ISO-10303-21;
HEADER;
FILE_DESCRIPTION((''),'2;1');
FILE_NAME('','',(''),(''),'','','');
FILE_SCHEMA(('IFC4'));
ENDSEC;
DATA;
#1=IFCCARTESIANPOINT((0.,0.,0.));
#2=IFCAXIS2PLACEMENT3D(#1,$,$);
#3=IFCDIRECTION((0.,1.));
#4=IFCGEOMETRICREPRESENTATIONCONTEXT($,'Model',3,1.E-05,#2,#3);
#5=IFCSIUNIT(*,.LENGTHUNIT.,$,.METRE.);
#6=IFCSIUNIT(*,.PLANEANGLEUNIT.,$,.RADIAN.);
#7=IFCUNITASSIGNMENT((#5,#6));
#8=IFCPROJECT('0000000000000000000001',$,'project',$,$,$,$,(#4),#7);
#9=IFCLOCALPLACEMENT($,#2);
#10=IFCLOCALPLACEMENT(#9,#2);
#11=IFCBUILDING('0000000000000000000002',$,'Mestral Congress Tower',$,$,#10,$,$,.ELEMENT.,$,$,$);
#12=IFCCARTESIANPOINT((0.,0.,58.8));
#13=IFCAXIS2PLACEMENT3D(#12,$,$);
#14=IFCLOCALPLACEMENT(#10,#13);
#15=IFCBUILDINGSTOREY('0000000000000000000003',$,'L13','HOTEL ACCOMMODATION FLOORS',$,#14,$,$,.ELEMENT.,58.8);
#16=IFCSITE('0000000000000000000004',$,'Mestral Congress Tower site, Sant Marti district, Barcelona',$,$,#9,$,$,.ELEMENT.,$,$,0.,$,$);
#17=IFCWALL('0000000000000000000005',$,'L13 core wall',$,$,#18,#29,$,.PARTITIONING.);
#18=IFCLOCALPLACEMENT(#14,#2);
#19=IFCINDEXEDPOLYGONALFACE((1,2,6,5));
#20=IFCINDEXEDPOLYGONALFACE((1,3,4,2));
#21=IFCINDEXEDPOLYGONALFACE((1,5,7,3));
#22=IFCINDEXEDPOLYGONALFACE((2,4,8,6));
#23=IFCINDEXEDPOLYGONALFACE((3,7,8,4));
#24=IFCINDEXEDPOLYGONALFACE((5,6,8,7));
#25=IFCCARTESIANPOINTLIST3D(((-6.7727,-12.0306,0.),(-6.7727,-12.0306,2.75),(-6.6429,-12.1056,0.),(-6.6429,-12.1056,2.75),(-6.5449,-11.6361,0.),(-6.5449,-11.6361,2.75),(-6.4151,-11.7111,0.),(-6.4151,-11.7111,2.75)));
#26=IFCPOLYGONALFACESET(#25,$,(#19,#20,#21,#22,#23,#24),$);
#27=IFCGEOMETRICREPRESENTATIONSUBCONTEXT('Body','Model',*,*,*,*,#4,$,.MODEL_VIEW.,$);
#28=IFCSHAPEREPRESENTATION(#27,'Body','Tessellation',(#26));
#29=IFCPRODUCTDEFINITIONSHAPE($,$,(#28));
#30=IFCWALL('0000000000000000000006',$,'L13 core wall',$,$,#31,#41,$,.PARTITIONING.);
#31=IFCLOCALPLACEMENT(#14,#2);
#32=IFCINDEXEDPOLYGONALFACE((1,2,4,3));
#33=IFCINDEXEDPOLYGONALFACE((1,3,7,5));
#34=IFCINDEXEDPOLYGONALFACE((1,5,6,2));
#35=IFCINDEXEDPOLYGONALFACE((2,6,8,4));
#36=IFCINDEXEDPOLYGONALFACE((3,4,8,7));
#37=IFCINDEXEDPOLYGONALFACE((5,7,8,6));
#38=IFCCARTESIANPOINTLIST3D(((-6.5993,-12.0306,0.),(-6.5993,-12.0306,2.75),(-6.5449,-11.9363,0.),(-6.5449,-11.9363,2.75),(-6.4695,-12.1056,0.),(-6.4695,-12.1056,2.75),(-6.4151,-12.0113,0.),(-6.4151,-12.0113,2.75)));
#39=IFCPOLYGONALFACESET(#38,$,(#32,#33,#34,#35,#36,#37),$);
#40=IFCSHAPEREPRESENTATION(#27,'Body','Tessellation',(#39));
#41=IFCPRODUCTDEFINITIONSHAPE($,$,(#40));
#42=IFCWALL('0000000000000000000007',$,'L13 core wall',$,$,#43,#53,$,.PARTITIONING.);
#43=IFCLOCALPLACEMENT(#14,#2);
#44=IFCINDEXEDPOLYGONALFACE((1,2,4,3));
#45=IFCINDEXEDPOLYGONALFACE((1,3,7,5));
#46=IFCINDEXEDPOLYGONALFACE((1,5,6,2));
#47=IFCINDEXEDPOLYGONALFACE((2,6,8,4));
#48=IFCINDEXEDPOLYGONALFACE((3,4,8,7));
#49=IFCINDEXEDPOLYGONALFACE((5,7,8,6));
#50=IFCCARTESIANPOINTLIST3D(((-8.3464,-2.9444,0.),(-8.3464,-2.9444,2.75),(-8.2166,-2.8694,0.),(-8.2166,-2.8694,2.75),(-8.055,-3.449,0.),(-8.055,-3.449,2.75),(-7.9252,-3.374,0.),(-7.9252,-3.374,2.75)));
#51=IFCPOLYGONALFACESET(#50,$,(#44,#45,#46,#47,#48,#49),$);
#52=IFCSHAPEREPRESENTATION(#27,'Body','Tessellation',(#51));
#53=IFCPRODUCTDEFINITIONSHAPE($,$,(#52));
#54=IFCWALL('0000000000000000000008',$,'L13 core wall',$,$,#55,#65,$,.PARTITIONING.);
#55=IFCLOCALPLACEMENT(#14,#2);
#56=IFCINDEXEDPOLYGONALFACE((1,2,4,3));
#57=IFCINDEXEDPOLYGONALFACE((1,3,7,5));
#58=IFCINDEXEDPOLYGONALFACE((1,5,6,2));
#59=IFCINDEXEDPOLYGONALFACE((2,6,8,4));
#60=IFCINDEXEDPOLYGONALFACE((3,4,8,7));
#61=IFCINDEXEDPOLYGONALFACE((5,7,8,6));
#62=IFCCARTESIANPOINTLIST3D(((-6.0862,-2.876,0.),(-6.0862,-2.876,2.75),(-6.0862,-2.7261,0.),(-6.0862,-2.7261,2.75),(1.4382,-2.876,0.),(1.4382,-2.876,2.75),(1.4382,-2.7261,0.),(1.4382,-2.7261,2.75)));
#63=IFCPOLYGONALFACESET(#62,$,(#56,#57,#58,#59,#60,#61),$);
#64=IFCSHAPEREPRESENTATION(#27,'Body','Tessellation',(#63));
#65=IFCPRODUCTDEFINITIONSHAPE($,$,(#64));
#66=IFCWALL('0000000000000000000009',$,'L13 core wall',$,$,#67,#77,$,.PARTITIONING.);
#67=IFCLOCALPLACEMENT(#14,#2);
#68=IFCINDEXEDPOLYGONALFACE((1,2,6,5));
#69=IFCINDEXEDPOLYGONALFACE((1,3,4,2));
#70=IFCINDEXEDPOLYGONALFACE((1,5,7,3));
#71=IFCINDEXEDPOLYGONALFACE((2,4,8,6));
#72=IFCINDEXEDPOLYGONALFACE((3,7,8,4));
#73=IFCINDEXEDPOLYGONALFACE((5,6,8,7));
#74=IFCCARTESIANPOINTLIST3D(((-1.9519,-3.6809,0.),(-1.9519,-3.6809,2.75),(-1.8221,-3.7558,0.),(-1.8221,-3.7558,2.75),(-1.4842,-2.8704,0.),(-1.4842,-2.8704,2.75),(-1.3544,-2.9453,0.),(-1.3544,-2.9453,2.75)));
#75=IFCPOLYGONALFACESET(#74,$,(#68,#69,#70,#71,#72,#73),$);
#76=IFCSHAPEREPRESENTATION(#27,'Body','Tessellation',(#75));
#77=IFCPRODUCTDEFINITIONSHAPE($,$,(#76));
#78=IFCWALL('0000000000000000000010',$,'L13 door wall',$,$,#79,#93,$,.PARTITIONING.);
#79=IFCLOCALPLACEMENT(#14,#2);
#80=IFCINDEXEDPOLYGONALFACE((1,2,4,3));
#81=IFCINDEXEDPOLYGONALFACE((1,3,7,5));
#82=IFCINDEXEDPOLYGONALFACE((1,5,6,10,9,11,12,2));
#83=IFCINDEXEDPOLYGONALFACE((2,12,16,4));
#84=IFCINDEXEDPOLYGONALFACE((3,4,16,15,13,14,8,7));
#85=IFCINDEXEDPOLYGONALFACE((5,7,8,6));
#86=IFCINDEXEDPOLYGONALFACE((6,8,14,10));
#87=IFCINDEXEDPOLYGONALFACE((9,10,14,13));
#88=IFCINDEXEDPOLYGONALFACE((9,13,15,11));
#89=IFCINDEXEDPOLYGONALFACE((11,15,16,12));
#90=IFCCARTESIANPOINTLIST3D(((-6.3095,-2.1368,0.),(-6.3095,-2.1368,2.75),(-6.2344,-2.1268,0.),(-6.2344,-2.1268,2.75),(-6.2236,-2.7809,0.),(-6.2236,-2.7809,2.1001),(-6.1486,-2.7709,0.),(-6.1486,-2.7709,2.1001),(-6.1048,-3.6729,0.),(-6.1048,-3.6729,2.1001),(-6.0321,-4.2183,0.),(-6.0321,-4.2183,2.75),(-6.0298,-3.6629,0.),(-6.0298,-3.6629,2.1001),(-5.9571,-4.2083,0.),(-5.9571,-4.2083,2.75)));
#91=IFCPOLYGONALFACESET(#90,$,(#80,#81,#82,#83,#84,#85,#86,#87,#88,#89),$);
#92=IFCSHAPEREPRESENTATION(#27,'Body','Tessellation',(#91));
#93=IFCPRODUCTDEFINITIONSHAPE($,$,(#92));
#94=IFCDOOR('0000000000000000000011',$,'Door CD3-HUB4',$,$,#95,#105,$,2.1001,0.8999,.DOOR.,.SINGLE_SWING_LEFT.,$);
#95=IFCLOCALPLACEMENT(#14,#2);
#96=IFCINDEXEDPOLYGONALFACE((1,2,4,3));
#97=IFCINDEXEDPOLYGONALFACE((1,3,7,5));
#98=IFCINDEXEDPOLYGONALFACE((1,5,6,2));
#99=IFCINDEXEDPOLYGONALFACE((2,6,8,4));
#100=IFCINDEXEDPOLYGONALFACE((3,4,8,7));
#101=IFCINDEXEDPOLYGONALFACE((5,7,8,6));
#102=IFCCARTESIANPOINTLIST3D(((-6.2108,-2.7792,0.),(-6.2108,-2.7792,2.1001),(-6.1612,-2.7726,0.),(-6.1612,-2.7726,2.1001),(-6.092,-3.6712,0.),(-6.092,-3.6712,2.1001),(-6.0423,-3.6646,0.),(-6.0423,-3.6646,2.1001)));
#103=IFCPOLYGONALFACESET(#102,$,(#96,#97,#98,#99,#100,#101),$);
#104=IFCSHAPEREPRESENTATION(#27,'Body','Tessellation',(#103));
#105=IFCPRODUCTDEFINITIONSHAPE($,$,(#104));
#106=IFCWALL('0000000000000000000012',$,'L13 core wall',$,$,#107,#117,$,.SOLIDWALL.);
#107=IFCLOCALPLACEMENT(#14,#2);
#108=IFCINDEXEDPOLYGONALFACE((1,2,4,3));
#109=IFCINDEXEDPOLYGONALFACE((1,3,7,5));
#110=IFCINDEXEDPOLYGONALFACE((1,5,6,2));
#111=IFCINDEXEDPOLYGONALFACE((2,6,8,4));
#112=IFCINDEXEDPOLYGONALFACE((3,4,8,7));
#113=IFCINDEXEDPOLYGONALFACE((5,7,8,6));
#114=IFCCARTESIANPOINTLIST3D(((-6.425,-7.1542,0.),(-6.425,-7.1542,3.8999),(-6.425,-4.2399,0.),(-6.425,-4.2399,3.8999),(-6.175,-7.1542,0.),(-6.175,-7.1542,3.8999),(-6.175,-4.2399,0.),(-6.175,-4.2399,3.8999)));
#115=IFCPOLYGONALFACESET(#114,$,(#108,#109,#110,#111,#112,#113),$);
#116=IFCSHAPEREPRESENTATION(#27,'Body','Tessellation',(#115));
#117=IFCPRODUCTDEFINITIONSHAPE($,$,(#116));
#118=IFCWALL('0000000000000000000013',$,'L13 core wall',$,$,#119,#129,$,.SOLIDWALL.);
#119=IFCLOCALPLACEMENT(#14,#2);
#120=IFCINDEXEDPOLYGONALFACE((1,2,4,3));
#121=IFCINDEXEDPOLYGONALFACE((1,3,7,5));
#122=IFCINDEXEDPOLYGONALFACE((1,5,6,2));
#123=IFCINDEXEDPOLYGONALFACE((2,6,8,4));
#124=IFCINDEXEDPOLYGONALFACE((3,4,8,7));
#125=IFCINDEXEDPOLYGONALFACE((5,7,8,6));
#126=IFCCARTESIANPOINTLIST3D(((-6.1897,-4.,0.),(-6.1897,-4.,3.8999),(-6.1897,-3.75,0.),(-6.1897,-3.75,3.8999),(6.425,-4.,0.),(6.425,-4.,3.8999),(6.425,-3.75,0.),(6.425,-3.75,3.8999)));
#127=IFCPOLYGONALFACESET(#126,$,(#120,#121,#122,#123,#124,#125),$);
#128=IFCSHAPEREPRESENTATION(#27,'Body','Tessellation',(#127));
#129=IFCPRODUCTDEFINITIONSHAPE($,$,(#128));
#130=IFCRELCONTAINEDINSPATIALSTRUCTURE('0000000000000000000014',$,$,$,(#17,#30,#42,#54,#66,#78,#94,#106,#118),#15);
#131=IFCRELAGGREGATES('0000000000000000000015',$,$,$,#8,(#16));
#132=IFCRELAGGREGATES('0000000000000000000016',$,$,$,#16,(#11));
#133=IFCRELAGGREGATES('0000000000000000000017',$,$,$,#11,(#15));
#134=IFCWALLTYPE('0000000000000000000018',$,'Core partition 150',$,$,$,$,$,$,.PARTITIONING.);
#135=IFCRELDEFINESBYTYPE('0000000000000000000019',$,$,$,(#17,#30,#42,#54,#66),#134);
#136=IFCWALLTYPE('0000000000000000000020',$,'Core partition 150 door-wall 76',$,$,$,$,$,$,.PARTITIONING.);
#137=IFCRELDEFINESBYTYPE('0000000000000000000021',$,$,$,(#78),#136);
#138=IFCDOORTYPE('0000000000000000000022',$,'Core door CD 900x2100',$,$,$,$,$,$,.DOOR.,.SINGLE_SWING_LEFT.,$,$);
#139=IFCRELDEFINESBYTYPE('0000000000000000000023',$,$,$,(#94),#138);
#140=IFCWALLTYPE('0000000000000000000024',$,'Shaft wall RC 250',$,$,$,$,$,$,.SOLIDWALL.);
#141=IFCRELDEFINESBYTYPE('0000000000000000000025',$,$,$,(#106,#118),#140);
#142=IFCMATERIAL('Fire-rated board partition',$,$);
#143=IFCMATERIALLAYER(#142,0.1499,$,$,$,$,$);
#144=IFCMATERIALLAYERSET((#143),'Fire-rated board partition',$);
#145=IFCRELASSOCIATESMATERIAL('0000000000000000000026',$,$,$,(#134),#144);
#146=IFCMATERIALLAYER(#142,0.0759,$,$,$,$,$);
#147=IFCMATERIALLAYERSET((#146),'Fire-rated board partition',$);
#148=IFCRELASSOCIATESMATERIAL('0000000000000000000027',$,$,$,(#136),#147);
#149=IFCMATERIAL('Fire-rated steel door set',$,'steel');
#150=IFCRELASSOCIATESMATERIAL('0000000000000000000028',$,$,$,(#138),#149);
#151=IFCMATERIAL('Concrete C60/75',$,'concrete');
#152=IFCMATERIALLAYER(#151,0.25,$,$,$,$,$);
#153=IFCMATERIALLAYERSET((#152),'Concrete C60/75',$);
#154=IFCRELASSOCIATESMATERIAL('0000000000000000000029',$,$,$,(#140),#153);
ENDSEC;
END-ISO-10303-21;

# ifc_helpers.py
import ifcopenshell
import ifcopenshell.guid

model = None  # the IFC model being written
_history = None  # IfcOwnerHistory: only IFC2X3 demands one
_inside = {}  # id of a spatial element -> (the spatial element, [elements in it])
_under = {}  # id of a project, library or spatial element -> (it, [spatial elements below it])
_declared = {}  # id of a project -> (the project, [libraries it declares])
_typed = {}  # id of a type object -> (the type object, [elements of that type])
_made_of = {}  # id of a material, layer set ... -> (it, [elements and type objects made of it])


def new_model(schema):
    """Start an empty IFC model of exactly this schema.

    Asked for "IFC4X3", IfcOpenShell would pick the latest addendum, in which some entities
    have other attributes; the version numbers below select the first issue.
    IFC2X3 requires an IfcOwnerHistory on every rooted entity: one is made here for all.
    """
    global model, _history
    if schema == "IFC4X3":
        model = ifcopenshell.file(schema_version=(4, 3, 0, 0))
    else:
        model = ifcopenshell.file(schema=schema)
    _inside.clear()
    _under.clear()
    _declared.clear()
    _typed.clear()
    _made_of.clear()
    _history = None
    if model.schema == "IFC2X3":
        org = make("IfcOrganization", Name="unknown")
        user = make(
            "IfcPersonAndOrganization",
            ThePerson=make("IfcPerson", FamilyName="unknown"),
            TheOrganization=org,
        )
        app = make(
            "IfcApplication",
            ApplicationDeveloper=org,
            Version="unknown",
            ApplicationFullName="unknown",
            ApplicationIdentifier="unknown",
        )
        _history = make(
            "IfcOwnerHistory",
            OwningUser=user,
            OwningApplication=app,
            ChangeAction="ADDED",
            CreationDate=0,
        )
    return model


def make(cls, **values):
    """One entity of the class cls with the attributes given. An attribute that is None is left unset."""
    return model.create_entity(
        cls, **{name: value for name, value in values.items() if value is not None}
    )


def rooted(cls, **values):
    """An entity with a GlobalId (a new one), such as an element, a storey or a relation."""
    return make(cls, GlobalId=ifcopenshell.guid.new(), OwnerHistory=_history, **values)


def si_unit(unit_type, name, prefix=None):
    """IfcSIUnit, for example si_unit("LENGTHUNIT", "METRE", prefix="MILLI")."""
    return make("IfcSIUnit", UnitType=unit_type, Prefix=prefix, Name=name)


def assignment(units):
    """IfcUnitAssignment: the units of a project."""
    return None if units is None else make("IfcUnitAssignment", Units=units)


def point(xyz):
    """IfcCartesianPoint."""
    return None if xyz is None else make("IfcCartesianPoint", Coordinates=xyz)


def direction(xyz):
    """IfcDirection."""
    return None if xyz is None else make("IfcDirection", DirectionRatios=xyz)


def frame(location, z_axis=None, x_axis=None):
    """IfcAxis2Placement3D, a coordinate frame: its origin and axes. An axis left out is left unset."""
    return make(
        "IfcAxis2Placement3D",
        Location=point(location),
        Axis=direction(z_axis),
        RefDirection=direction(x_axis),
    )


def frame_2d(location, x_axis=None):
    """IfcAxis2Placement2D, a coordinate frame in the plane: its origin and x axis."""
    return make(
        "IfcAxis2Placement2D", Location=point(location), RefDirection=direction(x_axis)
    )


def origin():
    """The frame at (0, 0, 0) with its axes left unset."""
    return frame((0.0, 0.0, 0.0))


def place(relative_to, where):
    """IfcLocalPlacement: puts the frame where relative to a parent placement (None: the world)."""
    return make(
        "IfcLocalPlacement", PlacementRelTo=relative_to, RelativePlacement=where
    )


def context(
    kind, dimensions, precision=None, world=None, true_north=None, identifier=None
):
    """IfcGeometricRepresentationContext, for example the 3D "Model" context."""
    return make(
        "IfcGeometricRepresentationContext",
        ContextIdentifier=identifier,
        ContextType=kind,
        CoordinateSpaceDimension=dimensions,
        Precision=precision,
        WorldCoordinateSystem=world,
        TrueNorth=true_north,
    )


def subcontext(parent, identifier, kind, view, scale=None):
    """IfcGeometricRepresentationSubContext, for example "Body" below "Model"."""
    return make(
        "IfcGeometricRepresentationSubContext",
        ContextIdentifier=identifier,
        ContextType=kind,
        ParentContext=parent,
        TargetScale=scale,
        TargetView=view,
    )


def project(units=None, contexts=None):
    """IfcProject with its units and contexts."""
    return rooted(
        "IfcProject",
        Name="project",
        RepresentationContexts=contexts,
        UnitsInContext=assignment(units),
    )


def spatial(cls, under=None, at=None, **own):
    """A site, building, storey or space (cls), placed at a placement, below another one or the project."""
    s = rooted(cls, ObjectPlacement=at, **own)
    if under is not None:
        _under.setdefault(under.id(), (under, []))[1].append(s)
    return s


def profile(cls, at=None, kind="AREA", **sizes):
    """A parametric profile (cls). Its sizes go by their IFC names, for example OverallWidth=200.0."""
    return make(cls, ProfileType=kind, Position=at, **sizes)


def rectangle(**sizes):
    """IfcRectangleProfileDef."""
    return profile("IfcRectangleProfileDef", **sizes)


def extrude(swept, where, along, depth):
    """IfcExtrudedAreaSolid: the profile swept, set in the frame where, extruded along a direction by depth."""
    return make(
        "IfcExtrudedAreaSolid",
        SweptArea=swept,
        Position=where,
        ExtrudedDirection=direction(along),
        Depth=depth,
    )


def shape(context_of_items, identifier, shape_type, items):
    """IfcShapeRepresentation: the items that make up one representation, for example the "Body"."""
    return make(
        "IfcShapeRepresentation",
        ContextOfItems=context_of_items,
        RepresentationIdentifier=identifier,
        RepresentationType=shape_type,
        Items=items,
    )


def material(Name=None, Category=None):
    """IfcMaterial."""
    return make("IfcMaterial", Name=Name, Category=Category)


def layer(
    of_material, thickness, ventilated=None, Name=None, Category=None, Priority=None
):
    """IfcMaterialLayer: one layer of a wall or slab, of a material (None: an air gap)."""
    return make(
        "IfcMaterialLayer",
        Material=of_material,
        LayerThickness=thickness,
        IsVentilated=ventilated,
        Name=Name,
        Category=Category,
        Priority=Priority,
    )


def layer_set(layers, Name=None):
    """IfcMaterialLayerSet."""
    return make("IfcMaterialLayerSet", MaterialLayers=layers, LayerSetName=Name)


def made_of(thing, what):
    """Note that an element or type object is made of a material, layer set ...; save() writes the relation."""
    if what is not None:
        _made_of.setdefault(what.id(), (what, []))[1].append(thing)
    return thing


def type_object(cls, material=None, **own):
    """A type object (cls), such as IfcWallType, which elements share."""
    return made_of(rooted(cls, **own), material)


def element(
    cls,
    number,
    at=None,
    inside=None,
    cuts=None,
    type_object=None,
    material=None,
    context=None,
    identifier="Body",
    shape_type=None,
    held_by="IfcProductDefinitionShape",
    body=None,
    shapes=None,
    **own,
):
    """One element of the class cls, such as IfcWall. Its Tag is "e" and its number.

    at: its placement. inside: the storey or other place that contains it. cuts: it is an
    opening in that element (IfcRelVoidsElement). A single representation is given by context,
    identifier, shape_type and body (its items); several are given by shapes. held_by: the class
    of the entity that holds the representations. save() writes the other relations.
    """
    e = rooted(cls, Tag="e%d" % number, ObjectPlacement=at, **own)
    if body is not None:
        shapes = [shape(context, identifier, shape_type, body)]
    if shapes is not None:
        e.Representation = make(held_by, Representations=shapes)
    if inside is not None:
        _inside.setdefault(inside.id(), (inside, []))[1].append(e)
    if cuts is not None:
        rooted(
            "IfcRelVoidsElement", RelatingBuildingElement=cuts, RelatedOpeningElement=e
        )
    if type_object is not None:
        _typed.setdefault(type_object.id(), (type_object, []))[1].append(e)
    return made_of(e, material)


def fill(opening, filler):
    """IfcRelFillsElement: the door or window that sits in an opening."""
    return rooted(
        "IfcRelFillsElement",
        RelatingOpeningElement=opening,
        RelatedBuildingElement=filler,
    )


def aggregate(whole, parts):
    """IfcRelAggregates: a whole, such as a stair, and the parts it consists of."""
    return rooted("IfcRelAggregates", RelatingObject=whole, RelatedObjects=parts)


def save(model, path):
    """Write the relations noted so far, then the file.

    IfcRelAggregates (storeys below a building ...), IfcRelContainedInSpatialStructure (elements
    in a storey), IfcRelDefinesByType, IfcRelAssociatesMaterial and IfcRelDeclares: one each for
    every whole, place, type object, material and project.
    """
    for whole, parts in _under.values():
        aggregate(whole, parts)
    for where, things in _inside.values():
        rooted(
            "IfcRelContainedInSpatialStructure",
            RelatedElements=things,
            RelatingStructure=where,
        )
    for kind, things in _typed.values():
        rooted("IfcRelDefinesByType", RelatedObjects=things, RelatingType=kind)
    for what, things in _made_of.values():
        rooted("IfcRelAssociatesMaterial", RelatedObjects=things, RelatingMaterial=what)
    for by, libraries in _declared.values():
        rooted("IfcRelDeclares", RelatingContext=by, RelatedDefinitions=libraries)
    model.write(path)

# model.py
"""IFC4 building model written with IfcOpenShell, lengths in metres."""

from ifc_helpers import new_model, si_unit, direction, frame, frame_2d, origin, place, context, subcontext, project, spatial, rectangle, extrude, material, layer, layer_set, type_object, element, fill, save


model = new_model("IFC4")

# Units and contexts
model_context = context("Model", 3, precision=1e-05, world=origin(), true_north=direction((0.0, 1.0)))
body_context = subcontext(model_context, "Body", "Model", "MODEL_VIEW")
ifc_project = project(units=[si_unit("LENGTHUNIT", "METRE"), si_unit("PLANEANGLEUNIT", "RADIAN")], contexts=[model_context])

# Site, building, storey
site_placement = place(None, origin())
site = spatial("IfcSite", under=ifc_project, at=site_placement, Name="Mestral Congress Tower site, Sant Marti district, Barcelona", CompositionType="ELEMENT", RefElevation=0.0)
building_placement = place(site_placement, origin())
building = spatial("IfcBuilding", under=site, at=building_placement, Name="Mestral Congress Tower", CompositionType="ELEMENT")
storey_placement = place(building_placement, frame((0.0, 0.0, 58.8)))
storey = spatial("IfcBuildingStorey", under=building, at=storey_placement, Name="L13", Description="HOTEL ACCOMMODATION FLOORS", CompositionType="ELEMENT", Elevation=58.8)

# Walls
ifc_material_1 = material(Name="Fire-rated board partition")
ifc_layer_1 = layer(ifc_material_1, 0.1499)
ifc_layer_set_1 = layer_set([ifc_layer_1], Name="Fire-rated board partition")
wall_type_1 = type_object("IfcWallType", Name="Core partition 150", PredefinedType="PARTITIONING", material=ifc_layer_set_1)
wall_1_placement = place(storey_placement, frame((-6.7078, -12.0681, 0.0), z_axis=(0.0, 0.0, 1.0), x_axis=(0.500001, 0.866025, 0.0)))
element("IfcWall", 1, at=wall_1_placement, inside=storey, type_object=wall_type_1, Name="L13 core wall", PredefinedType="PARTITIONING", context=body_context, shape_type="SweptSolid", body=[
    extrude(rectangle(XDim=0.4556, YDim=0.1499, at=frame_2d((0.2278, 0.0))), origin(), (0.0, 0.0, 1.0), 2.75),
])
wall_2_placement = place(storey_placement, frame((-6.5344, -12.0681, 0.0), z_axis=(0.0, 0.0, 1.0), x_axis=(0.50024, 0.865887, 0.0)))
element("IfcWall", 2, at=wall_2_placement, inside=storey, type_object=wall_type_1, Name="L13 core wall", PredefinedType="PARTITIONING", context=body_context, shape_type="SweptSolid", body=[
    extrude(rectangle(XDim=0.1089, YDim=0.1499, at=frame_2d((0.0544, 0.0))), origin(), (0.0, 0.0, 1.0), 2.75),
])
wall_3_placement = place(storey_placement, frame((-7.99, -3.4116, 0.0), z_axis=(0.0, 0.0, 1.0), x_axis=(-0.500194, 0.865913, 0.0)))
element("IfcWall", 3, at=wall_3_placement, inside=storey, type_object=wall_type_1, Name="L13 core wall", PredefinedType="PARTITIONING", context=body_context, shape_type="SweptSolid", body=[
    extrude(rectangle(XDim=0.5828, YDim=0.1499, at=frame_2d((0.2915, 0.0))), origin(), (0.0, 0.0, 1.0), 2.75),
])
wall_4_placement = place(storey_placement, frame((-6.0862, -2.801, 0.0), z_axis=(0.0, 0.0, 1.0), x_axis=(1.0, 0.0, 0.0)))
element("IfcWall", 4, at=wall_4_placement, inside=storey, type_object=wall_type_1, Name="L13 core wall", PredefinedType="PARTITIONING", context=body_context, shape_type="SweptSolid", body=[
    extrude(rectangle(XDim=7.5244, YDim=0.1499, at=frame_2d((3.7622, 0.0))), origin(), (0.0, 0.0, 1.0), 2.75),
])
wall_5_placement = place(storey_placement, frame((-1.887, -3.7183, 0.0), z_axis=(0.0, 0.0, 1.0), x_axis=(0.499843, 0.866116, 0.0)))
element("IfcWall", 5, at=wall_5_placement, inside=storey, type_object=wall_type_1, Name="L13 core wall", PredefinedType="PARTITIONING", context=body_context, shape_type="SweptSolid", body=[
    extrude(rectangle(XDim=0.9358, YDim=0.1499, at=frame_2d((0.4678, 0.0))), origin(), (0.0, 0.0, 1.0), 2.75),
])

# Wall, opening, door
ifc_layer_2 = layer(ifc_material_1, 0.0759)
ifc_layer_set_2 = layer_set([ifc_layer_2], Name="Fire-rated board partition")
wall_type_2 = type_object("IfcWallType", Name="Core partition 150 door-wall 76", PredefinedType="PARTITIONING", material=ifc_layer_set_2)
wall_6_placement = place(storey_placement, frame((-5.9946, -4.2131, 0.0), z_axis=(0.0, 0.0, 1.0), x_axis=(-0.132072, 0.99124, 0.0)))
wall_6 = element("IfcWall", 6, at=wall_6_placement, inside=storey, type_object=wall_type_2, Name="L13 door wall", PredefinedType="PARTITIONING", context=body_context, shape_type="SweptSolid", body=[
    extrude(rectangle(XDim=2.0999, YDim=0.0757, at=frame_2d((1.0498, 0.0))), origin(), (0.0, 0.0, 1.0), 2.75),
])
opening_1_placement = place(wall_6_placement, frame((0.55, 0.0, 0.0)))
opening_1 = element("IfcOpeningElement", 7, at=opening_1_placement, cuts=wall_6, PredefinedType="OPENING", context=body_context, shape_type="SweptSolid", body=[
    extrude(rectangle(XDim=0.8999, YDim=2.1001, at=frame_2d((0.45, 1.05))), frame((0.0, 0.0479, 0.0), z_axis=(0.0, -1.0, 0.0), x_axis=(1.0, 0.0, 0.0)), (0.0, 0.0, 1.0), 0.0957),
])
ifc_material_2 = material(Name="Fire-rated steel door set", Category="steel")
door_type_1 = type_object("IfcDoorType", Name="Core door CD 900x2100", OperationType="SINGLE_SWING_LEFT", PredefinedType="DOOR", material=ifc_material_2)
door_1_placement = place(opening_1_placement, origin())
door_1 = element("IfcDoor", 8, at=door_1_placement, inside=storey, type_object=door_type_1, Name="Door CD3-HUB4", OperationType="SINGLE_SWING_LEFT", OverallHeight=2.1001, OverallWidth=0.8999, PredefinedType="DOOR", context=body_context, shape_type="SweptSolid", body=[
    extrude(rectangle(XDim=0.8999, YDim=2.1001, at=frame_2d((0.45, 1.05))), frame((0.0, 0.0249, 0.0), z_axis=(0.0, -1.0, 0.0), x_axis=(1.0, 0.0, 0.0)), (0.0, 0.0, 1.0), 0.05),
])
fill(opening_1, door_1)

# Walls
ifc_material_3 = material(Name="Concrete C60/75", Category="concrete")
ifc_layer_3 = layer(ifc_material_3, 0.25)
ifc_layer_set_3 = layer_set([ifc_layer_3], Name="Concrete C60/75")
wall_type_3 = type_object("IfcWallType", Name="Shaft wall RC 250", PredefinedType="SOLIDWALL", material=ifc_layer_set_3)
wall_7_placement = place(storey_placement, frame((-6.3, -4.24, 0.0), z_axis=(0.0, 0.0, 1.0), x_axis=(0.0, -1.0, 0.0)))
element("IfcWall", 9, at=wall_7_placement, inside=storey, type_object=wall_type_3, Name="L13 core wall", PredefinedType="SOLIDWALL", context=body_context, shape_type="SweptSolid", body=[
    extrude(rectangle(XDim=2.9143, YDim=0.25, at=frame_2d((1.457, 0.0))), origin(), (0.0, 0.0, 1.0), 3.8999),
])
wall_8_placement = place(storey_placement, frame((-6.1897, -3.875, 0.0), z_axis=(0.0, 0.0, 1.0), x_axis=(1.0, 0.0, 0.0)))
element("IfcWall", 10, at=wall_8_placement, inside=storey, type_object=wall_type_3, Name="L13 core wall", PredefinedType="SOLIDWALL", context=body_context, shape_type="SweptSolid", body=[
    extrude(rectangle(XDim=12.6147, YDim=0.25, at=frame_2d((6.3074, 0.0))), origin(), (0.0, 0.0, 1.0), 3.8999),
])

save(model, "model.ifc")
